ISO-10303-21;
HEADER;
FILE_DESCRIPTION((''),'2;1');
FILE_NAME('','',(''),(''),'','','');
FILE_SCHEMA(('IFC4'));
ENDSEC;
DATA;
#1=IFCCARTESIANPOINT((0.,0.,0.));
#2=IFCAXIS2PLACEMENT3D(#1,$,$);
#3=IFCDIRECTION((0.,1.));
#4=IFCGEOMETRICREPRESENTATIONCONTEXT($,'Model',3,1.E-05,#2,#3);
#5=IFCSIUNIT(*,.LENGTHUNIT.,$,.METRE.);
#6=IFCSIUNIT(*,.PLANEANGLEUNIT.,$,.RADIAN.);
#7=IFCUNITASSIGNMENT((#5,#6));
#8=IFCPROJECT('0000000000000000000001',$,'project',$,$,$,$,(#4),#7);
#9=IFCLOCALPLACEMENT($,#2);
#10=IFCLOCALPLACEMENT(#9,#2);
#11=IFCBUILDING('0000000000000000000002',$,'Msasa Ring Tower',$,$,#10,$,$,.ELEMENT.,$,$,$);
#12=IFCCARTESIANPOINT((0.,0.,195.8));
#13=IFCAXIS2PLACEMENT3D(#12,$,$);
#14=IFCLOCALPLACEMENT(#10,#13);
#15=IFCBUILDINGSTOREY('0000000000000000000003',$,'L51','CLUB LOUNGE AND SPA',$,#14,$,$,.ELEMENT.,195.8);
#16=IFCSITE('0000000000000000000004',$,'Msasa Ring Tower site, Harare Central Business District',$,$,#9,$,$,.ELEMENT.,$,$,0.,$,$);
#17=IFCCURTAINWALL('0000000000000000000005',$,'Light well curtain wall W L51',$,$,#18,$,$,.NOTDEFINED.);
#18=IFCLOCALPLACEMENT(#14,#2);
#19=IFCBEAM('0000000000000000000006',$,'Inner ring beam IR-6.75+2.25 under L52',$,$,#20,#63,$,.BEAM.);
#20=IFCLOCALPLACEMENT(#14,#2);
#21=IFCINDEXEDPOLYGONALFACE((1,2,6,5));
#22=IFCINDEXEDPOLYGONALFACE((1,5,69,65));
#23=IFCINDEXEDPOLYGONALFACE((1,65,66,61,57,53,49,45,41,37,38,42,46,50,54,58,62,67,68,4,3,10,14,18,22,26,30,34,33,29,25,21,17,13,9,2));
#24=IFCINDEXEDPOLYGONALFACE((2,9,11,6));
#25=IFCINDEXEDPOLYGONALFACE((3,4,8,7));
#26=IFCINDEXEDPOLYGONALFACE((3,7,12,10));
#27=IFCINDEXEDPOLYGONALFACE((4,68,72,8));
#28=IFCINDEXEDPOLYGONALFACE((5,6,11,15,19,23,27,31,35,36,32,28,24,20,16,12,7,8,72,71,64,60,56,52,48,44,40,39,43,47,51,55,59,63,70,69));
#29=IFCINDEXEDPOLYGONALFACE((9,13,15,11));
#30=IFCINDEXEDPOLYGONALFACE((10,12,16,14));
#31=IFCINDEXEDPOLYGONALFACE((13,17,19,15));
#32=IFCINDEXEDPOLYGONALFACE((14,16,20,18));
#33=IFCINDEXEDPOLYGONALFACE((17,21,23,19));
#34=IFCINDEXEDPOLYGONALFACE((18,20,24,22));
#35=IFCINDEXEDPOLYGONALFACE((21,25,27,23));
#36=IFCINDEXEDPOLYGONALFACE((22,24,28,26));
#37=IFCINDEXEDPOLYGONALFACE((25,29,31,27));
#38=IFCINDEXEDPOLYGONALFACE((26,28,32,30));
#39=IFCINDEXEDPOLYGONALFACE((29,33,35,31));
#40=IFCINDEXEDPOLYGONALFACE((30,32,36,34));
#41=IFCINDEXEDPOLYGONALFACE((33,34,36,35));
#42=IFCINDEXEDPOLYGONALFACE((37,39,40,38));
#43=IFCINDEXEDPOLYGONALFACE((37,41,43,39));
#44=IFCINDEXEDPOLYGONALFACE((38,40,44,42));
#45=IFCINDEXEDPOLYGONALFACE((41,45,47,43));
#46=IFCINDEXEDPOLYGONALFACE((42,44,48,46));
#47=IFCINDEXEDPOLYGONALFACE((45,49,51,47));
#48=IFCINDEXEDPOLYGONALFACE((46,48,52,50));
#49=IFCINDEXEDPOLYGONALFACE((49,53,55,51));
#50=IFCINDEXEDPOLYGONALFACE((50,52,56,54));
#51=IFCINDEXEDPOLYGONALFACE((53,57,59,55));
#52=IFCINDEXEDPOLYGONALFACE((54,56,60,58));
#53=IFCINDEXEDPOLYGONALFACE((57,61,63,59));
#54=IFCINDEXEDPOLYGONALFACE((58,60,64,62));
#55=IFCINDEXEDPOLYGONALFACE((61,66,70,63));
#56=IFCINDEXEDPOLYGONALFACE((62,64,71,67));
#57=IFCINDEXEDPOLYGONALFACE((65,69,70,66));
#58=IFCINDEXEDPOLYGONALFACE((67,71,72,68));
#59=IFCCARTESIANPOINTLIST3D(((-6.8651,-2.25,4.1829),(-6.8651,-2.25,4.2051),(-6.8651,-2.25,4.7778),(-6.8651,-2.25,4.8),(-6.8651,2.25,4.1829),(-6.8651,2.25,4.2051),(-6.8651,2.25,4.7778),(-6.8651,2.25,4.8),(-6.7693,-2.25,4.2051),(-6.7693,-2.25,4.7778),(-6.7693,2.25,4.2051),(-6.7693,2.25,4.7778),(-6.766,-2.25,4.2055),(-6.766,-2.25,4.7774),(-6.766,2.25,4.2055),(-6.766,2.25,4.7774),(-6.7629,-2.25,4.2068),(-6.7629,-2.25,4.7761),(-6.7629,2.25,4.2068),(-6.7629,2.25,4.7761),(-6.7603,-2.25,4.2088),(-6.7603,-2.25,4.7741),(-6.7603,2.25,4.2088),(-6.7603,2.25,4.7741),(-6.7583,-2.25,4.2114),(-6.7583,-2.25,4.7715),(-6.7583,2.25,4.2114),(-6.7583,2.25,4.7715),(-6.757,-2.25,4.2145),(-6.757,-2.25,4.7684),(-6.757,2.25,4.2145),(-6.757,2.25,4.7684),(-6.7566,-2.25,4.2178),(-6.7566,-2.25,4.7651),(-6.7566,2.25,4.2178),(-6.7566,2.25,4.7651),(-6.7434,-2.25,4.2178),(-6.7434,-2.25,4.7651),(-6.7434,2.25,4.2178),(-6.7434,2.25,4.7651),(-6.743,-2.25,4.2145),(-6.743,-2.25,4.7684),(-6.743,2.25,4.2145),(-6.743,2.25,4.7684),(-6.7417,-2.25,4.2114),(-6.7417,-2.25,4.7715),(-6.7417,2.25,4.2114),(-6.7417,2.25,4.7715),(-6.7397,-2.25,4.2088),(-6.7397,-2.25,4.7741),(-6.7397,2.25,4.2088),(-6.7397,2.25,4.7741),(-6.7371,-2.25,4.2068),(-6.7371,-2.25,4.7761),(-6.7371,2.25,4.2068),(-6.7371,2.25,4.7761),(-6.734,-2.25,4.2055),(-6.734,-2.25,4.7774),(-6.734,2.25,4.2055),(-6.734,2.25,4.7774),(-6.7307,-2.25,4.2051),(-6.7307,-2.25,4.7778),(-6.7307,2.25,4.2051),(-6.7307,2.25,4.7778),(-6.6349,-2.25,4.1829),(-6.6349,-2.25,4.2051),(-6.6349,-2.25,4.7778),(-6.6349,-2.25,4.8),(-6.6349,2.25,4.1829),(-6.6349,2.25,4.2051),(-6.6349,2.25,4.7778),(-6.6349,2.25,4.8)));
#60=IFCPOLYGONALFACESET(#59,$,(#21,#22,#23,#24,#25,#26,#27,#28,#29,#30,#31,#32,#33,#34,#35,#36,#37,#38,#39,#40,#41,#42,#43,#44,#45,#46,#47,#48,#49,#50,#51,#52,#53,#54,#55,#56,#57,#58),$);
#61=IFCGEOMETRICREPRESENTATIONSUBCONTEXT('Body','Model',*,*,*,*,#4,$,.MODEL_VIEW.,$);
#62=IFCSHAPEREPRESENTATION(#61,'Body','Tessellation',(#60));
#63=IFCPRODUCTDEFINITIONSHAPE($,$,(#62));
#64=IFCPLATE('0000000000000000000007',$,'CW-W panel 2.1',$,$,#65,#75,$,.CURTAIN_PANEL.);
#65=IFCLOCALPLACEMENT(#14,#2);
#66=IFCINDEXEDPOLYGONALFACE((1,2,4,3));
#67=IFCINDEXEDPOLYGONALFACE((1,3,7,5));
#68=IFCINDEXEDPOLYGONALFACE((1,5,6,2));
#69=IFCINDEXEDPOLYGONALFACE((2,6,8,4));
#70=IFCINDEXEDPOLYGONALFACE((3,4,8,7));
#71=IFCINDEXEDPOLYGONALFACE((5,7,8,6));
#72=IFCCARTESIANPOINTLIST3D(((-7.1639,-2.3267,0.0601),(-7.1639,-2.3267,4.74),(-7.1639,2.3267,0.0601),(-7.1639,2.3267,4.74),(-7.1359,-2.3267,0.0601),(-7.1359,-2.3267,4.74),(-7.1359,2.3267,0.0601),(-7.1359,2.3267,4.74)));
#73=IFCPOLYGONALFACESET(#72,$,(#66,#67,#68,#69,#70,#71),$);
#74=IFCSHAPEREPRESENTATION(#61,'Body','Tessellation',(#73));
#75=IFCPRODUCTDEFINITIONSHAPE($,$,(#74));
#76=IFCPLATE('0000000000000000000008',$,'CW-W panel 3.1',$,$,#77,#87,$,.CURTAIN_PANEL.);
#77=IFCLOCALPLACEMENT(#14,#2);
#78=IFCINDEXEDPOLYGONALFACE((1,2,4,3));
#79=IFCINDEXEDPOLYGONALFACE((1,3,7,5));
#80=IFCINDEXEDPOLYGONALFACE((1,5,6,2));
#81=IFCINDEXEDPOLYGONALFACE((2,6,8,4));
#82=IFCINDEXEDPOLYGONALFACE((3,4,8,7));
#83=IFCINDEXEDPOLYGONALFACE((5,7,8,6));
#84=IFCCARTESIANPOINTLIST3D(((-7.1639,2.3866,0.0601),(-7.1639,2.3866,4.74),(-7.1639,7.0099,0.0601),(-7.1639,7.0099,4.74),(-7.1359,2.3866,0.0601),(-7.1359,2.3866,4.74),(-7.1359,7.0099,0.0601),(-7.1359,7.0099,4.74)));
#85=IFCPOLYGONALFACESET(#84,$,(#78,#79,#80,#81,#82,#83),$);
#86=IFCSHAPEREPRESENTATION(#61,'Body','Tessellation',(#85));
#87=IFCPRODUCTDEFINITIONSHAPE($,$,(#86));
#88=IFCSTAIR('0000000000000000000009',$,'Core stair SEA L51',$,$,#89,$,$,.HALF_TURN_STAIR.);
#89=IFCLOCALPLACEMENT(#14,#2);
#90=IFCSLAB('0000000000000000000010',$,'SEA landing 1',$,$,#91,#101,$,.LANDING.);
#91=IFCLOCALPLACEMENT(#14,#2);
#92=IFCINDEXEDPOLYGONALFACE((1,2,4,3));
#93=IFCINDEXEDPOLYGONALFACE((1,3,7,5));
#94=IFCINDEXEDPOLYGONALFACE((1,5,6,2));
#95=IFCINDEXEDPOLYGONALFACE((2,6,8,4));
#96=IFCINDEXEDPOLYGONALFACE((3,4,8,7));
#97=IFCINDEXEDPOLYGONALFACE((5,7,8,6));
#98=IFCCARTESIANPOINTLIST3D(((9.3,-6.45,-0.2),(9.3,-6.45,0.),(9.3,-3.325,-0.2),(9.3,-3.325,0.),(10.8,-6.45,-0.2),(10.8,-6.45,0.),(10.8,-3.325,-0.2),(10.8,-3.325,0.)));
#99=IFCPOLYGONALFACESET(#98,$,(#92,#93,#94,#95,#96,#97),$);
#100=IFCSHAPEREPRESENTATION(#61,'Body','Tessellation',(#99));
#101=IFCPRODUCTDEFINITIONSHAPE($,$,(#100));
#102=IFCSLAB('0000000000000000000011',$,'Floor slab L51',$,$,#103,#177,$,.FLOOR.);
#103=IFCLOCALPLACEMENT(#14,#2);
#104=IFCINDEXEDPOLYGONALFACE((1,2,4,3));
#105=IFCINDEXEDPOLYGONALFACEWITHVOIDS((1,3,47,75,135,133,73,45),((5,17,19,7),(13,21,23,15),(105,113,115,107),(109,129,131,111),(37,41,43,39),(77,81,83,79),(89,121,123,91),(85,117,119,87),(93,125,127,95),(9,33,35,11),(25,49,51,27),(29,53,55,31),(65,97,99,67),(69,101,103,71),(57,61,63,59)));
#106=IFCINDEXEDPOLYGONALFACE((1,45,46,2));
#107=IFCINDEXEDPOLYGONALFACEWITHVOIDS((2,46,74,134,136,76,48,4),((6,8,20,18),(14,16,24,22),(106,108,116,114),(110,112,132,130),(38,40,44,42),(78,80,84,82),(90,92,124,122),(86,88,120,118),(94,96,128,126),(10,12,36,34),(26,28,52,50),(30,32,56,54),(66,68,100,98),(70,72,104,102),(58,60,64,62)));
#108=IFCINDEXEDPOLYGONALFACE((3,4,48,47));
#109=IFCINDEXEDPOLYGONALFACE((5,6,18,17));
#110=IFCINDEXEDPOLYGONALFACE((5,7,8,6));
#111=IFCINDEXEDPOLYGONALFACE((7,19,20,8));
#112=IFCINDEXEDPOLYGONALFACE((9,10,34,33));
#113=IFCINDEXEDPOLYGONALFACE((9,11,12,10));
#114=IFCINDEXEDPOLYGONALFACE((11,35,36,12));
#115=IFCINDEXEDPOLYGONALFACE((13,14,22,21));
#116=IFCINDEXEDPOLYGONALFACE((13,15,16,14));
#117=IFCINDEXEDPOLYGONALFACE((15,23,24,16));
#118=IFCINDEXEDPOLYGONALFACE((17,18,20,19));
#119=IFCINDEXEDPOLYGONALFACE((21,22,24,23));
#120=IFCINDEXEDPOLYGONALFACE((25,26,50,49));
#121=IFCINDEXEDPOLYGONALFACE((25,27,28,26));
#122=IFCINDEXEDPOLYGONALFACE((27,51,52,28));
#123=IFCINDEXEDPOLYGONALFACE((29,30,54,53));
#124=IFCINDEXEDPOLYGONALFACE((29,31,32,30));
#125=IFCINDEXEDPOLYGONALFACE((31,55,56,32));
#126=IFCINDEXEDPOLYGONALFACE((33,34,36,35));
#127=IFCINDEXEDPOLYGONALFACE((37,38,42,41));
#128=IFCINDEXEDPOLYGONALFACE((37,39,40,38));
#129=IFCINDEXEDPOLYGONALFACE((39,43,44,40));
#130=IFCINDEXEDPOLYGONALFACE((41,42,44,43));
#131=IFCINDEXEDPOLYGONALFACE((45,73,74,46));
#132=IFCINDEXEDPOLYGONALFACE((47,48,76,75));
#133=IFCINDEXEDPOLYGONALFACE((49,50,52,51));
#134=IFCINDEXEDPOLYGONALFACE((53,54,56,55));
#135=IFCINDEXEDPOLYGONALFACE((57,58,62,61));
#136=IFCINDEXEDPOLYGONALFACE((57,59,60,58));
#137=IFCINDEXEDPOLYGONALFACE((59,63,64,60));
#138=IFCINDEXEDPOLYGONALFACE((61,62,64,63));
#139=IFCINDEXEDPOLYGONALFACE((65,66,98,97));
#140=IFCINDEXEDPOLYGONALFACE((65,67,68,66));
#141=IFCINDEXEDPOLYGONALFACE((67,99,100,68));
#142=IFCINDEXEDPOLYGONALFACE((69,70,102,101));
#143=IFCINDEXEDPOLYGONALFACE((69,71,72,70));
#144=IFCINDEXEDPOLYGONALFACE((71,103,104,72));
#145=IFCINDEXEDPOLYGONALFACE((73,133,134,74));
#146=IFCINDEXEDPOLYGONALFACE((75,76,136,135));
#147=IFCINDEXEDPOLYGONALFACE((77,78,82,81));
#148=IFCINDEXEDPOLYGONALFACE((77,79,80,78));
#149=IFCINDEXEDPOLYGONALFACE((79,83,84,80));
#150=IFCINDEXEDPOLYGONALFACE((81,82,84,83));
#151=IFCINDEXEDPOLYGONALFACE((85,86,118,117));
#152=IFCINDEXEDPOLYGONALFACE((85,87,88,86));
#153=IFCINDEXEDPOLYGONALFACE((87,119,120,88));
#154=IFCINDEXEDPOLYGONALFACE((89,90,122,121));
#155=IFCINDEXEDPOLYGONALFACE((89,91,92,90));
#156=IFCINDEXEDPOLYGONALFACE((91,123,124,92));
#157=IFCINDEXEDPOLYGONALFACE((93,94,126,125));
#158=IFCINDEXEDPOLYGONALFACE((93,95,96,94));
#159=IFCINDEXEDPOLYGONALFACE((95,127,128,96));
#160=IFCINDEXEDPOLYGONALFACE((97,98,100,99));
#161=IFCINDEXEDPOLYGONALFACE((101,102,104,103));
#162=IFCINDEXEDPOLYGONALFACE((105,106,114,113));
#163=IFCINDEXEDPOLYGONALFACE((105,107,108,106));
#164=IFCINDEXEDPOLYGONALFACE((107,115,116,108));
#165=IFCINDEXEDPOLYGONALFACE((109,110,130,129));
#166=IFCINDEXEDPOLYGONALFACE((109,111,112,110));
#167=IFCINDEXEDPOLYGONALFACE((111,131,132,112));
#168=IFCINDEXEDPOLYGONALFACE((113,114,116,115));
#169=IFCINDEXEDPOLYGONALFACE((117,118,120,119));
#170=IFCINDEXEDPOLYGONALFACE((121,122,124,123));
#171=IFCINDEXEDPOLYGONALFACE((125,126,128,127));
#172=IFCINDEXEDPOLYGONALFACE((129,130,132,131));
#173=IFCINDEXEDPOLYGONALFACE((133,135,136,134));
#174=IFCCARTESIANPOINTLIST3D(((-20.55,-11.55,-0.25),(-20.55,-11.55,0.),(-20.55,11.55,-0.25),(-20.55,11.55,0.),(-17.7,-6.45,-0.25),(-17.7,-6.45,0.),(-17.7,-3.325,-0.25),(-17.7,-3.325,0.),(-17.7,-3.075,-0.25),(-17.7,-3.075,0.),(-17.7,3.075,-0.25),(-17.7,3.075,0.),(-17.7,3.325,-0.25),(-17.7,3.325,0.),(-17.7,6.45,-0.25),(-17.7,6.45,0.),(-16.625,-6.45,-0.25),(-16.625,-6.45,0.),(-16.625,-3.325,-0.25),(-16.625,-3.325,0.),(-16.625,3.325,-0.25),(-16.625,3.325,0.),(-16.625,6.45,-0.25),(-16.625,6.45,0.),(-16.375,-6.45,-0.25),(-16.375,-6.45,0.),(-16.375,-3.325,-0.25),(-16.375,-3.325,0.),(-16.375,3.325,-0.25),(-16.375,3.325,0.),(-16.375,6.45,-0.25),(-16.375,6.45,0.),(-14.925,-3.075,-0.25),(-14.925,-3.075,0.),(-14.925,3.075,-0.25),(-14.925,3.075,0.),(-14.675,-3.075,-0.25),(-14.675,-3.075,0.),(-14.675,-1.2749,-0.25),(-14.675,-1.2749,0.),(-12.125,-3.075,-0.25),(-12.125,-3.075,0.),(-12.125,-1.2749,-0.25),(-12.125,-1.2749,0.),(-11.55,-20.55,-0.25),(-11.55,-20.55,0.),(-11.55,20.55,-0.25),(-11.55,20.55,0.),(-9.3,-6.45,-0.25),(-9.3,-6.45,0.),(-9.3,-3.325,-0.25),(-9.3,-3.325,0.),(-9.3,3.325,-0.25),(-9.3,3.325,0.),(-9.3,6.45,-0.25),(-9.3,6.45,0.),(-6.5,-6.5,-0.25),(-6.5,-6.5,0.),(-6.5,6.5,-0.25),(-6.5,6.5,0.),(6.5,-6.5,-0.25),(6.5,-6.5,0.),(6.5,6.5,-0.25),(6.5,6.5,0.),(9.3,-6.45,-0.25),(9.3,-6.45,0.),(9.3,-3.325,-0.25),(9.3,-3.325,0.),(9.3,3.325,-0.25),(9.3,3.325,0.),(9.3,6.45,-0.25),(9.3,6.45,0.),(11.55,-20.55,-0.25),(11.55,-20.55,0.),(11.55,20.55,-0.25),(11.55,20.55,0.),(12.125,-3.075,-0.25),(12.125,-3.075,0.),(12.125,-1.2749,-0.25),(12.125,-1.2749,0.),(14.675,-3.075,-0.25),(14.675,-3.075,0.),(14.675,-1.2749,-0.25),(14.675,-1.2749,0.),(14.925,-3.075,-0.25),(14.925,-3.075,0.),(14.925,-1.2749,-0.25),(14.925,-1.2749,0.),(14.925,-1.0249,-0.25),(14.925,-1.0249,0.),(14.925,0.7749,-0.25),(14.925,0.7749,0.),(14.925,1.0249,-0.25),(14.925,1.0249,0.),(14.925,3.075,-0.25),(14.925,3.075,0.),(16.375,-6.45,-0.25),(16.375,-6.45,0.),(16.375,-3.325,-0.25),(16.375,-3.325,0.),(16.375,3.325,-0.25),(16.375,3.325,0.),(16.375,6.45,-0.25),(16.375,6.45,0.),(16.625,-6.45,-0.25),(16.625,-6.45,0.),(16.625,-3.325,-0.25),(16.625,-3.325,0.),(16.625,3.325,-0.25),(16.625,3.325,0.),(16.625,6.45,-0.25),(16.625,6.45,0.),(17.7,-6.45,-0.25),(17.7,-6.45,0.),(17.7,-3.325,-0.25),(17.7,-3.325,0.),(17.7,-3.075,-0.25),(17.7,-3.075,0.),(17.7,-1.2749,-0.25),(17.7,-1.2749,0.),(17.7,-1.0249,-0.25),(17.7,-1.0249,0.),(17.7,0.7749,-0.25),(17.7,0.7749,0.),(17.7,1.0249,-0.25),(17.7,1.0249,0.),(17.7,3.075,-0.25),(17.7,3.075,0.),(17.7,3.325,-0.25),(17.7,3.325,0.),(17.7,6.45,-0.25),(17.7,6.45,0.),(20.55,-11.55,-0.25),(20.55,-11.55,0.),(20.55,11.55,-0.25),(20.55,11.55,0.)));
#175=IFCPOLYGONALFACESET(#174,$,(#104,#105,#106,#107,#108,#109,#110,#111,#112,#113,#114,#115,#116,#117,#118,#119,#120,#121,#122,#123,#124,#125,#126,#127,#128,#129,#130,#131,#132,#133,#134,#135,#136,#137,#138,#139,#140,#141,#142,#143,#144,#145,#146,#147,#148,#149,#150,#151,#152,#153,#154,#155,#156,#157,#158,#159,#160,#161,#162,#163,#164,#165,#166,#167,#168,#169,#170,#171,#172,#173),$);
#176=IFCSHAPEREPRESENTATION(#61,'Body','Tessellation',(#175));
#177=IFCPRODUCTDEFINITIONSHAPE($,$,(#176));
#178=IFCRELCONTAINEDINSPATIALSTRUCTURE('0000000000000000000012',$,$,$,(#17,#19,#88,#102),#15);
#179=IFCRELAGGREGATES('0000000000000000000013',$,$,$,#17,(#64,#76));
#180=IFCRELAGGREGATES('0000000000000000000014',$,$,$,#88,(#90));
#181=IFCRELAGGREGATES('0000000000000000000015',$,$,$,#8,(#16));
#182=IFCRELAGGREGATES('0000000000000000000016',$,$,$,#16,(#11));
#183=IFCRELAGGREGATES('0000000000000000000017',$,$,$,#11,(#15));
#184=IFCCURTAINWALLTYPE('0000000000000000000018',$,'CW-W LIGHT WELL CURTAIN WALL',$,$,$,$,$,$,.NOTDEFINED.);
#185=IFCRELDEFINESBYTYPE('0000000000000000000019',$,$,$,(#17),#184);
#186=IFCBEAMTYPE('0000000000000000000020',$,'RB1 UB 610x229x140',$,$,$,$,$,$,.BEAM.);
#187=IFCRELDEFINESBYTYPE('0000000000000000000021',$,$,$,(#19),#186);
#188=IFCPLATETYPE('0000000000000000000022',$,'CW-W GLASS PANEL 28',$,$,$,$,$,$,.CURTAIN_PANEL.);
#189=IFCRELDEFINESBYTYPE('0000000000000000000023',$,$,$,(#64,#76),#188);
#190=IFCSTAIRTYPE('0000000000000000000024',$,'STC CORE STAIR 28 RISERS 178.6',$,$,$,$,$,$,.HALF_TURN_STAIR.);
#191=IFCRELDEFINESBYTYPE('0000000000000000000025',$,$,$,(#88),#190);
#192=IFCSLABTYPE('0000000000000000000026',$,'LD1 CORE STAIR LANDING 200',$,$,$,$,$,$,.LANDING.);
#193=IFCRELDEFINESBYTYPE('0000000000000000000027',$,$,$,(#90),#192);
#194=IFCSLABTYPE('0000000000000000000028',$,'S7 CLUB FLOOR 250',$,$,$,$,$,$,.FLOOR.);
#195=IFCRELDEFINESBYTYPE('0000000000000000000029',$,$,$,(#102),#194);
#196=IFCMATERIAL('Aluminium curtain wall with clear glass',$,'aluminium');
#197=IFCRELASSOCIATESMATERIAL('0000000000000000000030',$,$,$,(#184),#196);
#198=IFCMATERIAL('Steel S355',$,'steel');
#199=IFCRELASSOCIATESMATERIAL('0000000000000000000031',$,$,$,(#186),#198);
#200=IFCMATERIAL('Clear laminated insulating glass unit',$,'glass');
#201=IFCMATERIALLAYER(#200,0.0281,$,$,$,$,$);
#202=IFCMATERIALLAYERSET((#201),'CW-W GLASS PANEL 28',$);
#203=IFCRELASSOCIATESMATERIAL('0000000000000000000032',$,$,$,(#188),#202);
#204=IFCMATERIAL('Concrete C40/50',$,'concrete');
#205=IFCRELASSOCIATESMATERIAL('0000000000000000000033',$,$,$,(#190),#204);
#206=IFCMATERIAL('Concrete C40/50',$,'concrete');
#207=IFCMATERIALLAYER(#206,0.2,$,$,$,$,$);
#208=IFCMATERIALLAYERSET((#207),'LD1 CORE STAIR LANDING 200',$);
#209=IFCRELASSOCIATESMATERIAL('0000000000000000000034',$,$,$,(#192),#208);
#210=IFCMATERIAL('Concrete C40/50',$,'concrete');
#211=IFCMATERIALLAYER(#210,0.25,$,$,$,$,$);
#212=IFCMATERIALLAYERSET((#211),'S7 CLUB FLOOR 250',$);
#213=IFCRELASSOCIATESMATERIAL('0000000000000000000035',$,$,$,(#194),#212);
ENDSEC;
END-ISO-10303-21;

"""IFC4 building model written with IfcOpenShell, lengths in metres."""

from ifc_helpers import new_model, si_unit, direction, frame, origin, origin_2d, place, context, subcontext, project, spatial, polyline, rectangle, i_section, outline, extrude, material, layer, layer_set, material_profile, profile_set, type_object, element, aggregate, save


model = new_model("IFC4")

# Units and contexts
model_context = context("Model", 3, precision=1e-05, world=origin(), true_north=direction((0.0, 1.0)))
body_context = subcontext(model_context, "Body", "Model", "MODEL_VIEW")
ifc_project = project(units=[si_unit("LENGTHUNIT", "METRE"), si_unit("PLANEANGLEUNIT", "RADIAN")], contexts=[model_context])

# Site, building, storey
site_placement = place(None, origin())
site = spatial("IfcSite", under=ifc_project, at=site_placement, Name="Msasa Ring Tower site, Harare Central Business District", CompositionType="ELEMENT", RefElevation=0.0)
building_placement = place(site_placement, origin())
building = spatial("IfcBuilding", under=site, at=building_placement, Name="Msasa Ring Tower", CompositionType="ELEMENT")
storey_placement = place(building_placement, frame((0.0, 0.0, 195.8)))
storey = spatial("IfcBuildingStorey", under=building, at=storey_placement, Name="L51", Description="CLUB LOUNGE AND SPA", CompositionType="ELEMENT", Elevation=195.8)

# Curtain wall
ifc_material_1 = material(Name="Aluminium curtain wall with clear glass", Category="aluminium")
curtain_wall_type = type_object("IfcCurtainWallType", Name="CW-W LIGHT WELL CURTAIN WALL", PredefinedType="NOTDEFINED", material=ifc_material_1)
curtain_wall_placement = place(storey_placement, origin())
curtain_wall = element("IfcCurtainWall", 1, at=curtain_wall_placement, inside=storey, type_object=curtain_wall_type, Name="Light well curtain wall W L51", PredefinedType="NOTDEFINED")

# Beam
ifc_material_2 = material(Name="Steel S355", Category="steel")
ifc_material_profile_1 = material_profile(ifc_material_2, i_section(OverallWidth=0.2302, OverallDepth=0.6172, WebThickness=0.0132, FlangeThickness=0.0222, FilletRadius=0.0127, at=origin_2d()), Name="UB 610x229x140")
ifc_profile_set_1 = profile_set([ifc_material_profile_1], Name="Steel S355")
beam_type = type_object("IfcBeamType", Name="RB1 UB 610x229x140", PredefinedType="BEAM", material=ifc_profile_set_1)
for number, where, z_axis, x_axis, name in (
    (2, (-6.75, 2.25, 4.4915), (0.0, -1.0, 0.0), (1.0, 0.0, 0.0), "Inner ring beam IR-6.75+2.25 under L52"),
):
    element("IfcBeam", number, at=place(storey_placement, frame(where, z_axis=z_axis, x_axis=x_axis)), inside=storey, type_object=beam_type, Name=name, PredefinedType="BEAM", context=body_context, shape_type="SweptSolid", body=[
        extrude(i_section(OverallWidth=0.2302, OverallDepth=0.6172, WebThickness=0.0132, FlangeThickness=0.0222, FilletRadius=0.0127, at=origin_2d()), origin(), (0.0, 0.0, 1.0), 4.5),
    ])

# Plates
ifc_material_3 = material(Name="Clear laminated insulating glass unit", Category="glass")
ifc_layer_1 = layer(ifc_material_3, 0.0281)
ifc_layer_set_1 = layer_set([ifc_layer_1], Name="CW-W GLASS PANEL 28")
plate_type = type_object("IfcPlateType", Name="CW-W GLASS PANEL 28", PredefinedType="CURTAIN_PANEL", material=ifc_layer_set_1)
plate_1_placement = place(storey_placement, frame((-7.1499, 0.0, 0.0601), z_axis=(0.0, 0.0, 1.0), x_axis=(0.0, 1.0, 0.0)))
plate_1 = element("IfcPlate", 3, at=plate_1_placement, type_object=plate_type, Name="CW-W panel 2.1", PredefinedType="CURTAIN_PANEL", context=body_context, shape_type="SweptSolid", body=[
    extrude(rectangle(XDim=4.6533, YDim=0.0281, at=origin_2d()), origin(), (0.0, 0.0, 1.0), 4.6799),
])
plate_2_placement = place(storey_placement, frame((-7.1499, 4.6982, 0.0601), z_axis=(0.0, 0.0, 1.0), x_axis=(0.0, 1.0, 0.0)))
plate_2 = element("IfcPlate", 4, at=plate_2_placement, type_object=plate_type, Name="CW-W panel 3.1", PredefinedType="CURTAIN_PANEL", context=body_context, shape_type="SweptSolid", body=[
    extrude(rectangle(XDim=4.6233, YDim=0.0281, at=origin_2d()), origin(), (0.0, 0.0, 1.0), 4.6799),
])
aggregate(curtain_wall, [plate_1, plate_2])

# Stair, slab
ifc_material_4 = material(Name="Concrete C40/50", Category="concrete")
stair_type = type_object("IfcStairType", Name="STC CORE STAIR 28 RISERS 178.6", PredefinedType="HALF_TURN_STAIR", material=ifc_material_4)
stair_1_placement = place(storey_placement, origin())
stair_1 = element("IfcStair", 5, at=stair_1_placement, inside=storey, type_object=stair_type, Name="Core stair SEA L51", PredefinedType="HALF_TURN_STAIR")
ifc_material_5 = material(Name="Concrete C40/50", Category="concrete")
ifc_layer_2 = layer(ifc_material_5, 0.2)
ifc_layer_set_2 = layer_set([ifc_layer_2], Name="LD1 CORE STAIR LANDING 200")
slab_type_1 = type_object("IfcSlabType", Name="LD1 CORE STAIR LANDING 200", PredefinedType="LANDING", material=ifc_layer_set_2)
slab_1_placement = place(storey_placement, frame((0.0, 0.0, -0.2)))
slab_1 = element("IfcSlab", 6, at=slab_1_placement, type_object=slab_type_1, Name="SEA landing 1", PredefinedType="LANDING", context=body_context, shape_type="SweptSolid", body=[
    extrude(outline(polyline([(9.3, -6.45), (10.8, -6.45), (10.8, -3.325), (9.3, -3.325), (9.3, -6.45)])), origin(), (0.0, 0.0, 1.0), 0.2),
])
aggregate(stair_1, [slab_1])

# Slab
ifc_material_6 = material(Name="Concrete C40/50", Category="concrete")
ifc_layer_3 = layer(ifc_material_6, 0.25)
ifc_layer_set_3 = layer_set([ifc_layer_3], Name="S7 CLUB FLOOR 250")
slab_type_2 = type_object("IfcSlabType", Name="S7 CLUB FLOOR 250", PredefinedType="FLOOR", material=ifc_layer_set_3)
slab_2_placement = place(storey_placement, frame((0.0, 0.0, -0.25)))
element("IfcSlab", 7, at=slab_2_placement, inside=storey, type_object=slab_type_2, Name="Floor slab L51", PredefinedType="FLOOR", context=body_context, shape_type="SweptSolid", body=[
    extrude(outline(polyline([(-11.55, -20.55), (11.55, -20.55), (20.55, -11.55), (20.55, 11.55), (11.55, 20.55), (-11.55, 20.55), (-20.55, 11.55), (-20.55, -11.55), (-11.55, -20.55)]), holes=[polyline([(-6.5, -6.5), (6.5, -6.5), (6.5, 6.5), (-6.5, 6.5), (-6.5, -6.5)]), polyline([(9.3, -6.45), (16.375, -6.45), (16.375, -3.325), (9.3, -3.325), (9.3, -6.45)]), polyline([(9.3, 3.325), (16.375, 3.325), (16.375, 6.45), (9.3, 6.45), (9.3, 3.325)]), polyline([(12.125, -3.075), (14.675, -3.075), (14.675, -1.2749), (12.125, -1.2749), (12.125, -3.075)]), polyline([(16.625, -6.45), (17.7, -6.45), (17.7, -3.325), (16.625, -3.325), (16.625, -6.45)]), polyline([(16.625, 3.325), (17.7, 3.325), (17.7, 6.45), (16.625, 6.45), (16.625, 3.325)]), polyline([(14.925, -3.075), (17.7, -3.075), (17.7, -1.2749), (14.925, -1.2749), (14.925, -3.075)]), polyline([(14.925, -1.0249), (17.7, -1.0249), (17.7, 0.7749), (14.925, 0.7749), (14.925, -1.0249)]), polyline([(14.925, 1.0249), (17.7, 1.0249), (17.7, 3.075), (14.925, 3.075), (14.925, 1.0249)]), polyline([(-16.375, -6.45), (-9.3, -6.45), (-9.3, -3.325), (-16.375, -3.325), (-16.375, -6.45)]), polyline([(-16.375, 3.325), (-9.3, 3.325), (-9.3, 6.45), (-16.375, 6.45), (-16.375, 3.325)]), polyline([(-14.675, -3.075), (-12.125, -3.075), (-12.125, -1.2749), (-14.675, -1.2749), (-14.675, -3.075)]), polyline([(-17.7, -6.45), (-16.625, -6.45), (-16.625, -3.325), (-17.7, -3.325), (-17.7, -6.45)]), polyline([(-17.7, 3.325), (-16.625, 3.325), (-16.625, 6.45), (-17.7, 6.45), (-17.7, 3.325)]), polyline([(-17.7, -3.075), (-14.925, -3.075), (-14.925, 3.075), (-17.7, 3.075), (-17.7, -3.075)])]), origin(), (0.0, 0.0, 1.0), 0.25),
])

save(model, "model.ifc")
